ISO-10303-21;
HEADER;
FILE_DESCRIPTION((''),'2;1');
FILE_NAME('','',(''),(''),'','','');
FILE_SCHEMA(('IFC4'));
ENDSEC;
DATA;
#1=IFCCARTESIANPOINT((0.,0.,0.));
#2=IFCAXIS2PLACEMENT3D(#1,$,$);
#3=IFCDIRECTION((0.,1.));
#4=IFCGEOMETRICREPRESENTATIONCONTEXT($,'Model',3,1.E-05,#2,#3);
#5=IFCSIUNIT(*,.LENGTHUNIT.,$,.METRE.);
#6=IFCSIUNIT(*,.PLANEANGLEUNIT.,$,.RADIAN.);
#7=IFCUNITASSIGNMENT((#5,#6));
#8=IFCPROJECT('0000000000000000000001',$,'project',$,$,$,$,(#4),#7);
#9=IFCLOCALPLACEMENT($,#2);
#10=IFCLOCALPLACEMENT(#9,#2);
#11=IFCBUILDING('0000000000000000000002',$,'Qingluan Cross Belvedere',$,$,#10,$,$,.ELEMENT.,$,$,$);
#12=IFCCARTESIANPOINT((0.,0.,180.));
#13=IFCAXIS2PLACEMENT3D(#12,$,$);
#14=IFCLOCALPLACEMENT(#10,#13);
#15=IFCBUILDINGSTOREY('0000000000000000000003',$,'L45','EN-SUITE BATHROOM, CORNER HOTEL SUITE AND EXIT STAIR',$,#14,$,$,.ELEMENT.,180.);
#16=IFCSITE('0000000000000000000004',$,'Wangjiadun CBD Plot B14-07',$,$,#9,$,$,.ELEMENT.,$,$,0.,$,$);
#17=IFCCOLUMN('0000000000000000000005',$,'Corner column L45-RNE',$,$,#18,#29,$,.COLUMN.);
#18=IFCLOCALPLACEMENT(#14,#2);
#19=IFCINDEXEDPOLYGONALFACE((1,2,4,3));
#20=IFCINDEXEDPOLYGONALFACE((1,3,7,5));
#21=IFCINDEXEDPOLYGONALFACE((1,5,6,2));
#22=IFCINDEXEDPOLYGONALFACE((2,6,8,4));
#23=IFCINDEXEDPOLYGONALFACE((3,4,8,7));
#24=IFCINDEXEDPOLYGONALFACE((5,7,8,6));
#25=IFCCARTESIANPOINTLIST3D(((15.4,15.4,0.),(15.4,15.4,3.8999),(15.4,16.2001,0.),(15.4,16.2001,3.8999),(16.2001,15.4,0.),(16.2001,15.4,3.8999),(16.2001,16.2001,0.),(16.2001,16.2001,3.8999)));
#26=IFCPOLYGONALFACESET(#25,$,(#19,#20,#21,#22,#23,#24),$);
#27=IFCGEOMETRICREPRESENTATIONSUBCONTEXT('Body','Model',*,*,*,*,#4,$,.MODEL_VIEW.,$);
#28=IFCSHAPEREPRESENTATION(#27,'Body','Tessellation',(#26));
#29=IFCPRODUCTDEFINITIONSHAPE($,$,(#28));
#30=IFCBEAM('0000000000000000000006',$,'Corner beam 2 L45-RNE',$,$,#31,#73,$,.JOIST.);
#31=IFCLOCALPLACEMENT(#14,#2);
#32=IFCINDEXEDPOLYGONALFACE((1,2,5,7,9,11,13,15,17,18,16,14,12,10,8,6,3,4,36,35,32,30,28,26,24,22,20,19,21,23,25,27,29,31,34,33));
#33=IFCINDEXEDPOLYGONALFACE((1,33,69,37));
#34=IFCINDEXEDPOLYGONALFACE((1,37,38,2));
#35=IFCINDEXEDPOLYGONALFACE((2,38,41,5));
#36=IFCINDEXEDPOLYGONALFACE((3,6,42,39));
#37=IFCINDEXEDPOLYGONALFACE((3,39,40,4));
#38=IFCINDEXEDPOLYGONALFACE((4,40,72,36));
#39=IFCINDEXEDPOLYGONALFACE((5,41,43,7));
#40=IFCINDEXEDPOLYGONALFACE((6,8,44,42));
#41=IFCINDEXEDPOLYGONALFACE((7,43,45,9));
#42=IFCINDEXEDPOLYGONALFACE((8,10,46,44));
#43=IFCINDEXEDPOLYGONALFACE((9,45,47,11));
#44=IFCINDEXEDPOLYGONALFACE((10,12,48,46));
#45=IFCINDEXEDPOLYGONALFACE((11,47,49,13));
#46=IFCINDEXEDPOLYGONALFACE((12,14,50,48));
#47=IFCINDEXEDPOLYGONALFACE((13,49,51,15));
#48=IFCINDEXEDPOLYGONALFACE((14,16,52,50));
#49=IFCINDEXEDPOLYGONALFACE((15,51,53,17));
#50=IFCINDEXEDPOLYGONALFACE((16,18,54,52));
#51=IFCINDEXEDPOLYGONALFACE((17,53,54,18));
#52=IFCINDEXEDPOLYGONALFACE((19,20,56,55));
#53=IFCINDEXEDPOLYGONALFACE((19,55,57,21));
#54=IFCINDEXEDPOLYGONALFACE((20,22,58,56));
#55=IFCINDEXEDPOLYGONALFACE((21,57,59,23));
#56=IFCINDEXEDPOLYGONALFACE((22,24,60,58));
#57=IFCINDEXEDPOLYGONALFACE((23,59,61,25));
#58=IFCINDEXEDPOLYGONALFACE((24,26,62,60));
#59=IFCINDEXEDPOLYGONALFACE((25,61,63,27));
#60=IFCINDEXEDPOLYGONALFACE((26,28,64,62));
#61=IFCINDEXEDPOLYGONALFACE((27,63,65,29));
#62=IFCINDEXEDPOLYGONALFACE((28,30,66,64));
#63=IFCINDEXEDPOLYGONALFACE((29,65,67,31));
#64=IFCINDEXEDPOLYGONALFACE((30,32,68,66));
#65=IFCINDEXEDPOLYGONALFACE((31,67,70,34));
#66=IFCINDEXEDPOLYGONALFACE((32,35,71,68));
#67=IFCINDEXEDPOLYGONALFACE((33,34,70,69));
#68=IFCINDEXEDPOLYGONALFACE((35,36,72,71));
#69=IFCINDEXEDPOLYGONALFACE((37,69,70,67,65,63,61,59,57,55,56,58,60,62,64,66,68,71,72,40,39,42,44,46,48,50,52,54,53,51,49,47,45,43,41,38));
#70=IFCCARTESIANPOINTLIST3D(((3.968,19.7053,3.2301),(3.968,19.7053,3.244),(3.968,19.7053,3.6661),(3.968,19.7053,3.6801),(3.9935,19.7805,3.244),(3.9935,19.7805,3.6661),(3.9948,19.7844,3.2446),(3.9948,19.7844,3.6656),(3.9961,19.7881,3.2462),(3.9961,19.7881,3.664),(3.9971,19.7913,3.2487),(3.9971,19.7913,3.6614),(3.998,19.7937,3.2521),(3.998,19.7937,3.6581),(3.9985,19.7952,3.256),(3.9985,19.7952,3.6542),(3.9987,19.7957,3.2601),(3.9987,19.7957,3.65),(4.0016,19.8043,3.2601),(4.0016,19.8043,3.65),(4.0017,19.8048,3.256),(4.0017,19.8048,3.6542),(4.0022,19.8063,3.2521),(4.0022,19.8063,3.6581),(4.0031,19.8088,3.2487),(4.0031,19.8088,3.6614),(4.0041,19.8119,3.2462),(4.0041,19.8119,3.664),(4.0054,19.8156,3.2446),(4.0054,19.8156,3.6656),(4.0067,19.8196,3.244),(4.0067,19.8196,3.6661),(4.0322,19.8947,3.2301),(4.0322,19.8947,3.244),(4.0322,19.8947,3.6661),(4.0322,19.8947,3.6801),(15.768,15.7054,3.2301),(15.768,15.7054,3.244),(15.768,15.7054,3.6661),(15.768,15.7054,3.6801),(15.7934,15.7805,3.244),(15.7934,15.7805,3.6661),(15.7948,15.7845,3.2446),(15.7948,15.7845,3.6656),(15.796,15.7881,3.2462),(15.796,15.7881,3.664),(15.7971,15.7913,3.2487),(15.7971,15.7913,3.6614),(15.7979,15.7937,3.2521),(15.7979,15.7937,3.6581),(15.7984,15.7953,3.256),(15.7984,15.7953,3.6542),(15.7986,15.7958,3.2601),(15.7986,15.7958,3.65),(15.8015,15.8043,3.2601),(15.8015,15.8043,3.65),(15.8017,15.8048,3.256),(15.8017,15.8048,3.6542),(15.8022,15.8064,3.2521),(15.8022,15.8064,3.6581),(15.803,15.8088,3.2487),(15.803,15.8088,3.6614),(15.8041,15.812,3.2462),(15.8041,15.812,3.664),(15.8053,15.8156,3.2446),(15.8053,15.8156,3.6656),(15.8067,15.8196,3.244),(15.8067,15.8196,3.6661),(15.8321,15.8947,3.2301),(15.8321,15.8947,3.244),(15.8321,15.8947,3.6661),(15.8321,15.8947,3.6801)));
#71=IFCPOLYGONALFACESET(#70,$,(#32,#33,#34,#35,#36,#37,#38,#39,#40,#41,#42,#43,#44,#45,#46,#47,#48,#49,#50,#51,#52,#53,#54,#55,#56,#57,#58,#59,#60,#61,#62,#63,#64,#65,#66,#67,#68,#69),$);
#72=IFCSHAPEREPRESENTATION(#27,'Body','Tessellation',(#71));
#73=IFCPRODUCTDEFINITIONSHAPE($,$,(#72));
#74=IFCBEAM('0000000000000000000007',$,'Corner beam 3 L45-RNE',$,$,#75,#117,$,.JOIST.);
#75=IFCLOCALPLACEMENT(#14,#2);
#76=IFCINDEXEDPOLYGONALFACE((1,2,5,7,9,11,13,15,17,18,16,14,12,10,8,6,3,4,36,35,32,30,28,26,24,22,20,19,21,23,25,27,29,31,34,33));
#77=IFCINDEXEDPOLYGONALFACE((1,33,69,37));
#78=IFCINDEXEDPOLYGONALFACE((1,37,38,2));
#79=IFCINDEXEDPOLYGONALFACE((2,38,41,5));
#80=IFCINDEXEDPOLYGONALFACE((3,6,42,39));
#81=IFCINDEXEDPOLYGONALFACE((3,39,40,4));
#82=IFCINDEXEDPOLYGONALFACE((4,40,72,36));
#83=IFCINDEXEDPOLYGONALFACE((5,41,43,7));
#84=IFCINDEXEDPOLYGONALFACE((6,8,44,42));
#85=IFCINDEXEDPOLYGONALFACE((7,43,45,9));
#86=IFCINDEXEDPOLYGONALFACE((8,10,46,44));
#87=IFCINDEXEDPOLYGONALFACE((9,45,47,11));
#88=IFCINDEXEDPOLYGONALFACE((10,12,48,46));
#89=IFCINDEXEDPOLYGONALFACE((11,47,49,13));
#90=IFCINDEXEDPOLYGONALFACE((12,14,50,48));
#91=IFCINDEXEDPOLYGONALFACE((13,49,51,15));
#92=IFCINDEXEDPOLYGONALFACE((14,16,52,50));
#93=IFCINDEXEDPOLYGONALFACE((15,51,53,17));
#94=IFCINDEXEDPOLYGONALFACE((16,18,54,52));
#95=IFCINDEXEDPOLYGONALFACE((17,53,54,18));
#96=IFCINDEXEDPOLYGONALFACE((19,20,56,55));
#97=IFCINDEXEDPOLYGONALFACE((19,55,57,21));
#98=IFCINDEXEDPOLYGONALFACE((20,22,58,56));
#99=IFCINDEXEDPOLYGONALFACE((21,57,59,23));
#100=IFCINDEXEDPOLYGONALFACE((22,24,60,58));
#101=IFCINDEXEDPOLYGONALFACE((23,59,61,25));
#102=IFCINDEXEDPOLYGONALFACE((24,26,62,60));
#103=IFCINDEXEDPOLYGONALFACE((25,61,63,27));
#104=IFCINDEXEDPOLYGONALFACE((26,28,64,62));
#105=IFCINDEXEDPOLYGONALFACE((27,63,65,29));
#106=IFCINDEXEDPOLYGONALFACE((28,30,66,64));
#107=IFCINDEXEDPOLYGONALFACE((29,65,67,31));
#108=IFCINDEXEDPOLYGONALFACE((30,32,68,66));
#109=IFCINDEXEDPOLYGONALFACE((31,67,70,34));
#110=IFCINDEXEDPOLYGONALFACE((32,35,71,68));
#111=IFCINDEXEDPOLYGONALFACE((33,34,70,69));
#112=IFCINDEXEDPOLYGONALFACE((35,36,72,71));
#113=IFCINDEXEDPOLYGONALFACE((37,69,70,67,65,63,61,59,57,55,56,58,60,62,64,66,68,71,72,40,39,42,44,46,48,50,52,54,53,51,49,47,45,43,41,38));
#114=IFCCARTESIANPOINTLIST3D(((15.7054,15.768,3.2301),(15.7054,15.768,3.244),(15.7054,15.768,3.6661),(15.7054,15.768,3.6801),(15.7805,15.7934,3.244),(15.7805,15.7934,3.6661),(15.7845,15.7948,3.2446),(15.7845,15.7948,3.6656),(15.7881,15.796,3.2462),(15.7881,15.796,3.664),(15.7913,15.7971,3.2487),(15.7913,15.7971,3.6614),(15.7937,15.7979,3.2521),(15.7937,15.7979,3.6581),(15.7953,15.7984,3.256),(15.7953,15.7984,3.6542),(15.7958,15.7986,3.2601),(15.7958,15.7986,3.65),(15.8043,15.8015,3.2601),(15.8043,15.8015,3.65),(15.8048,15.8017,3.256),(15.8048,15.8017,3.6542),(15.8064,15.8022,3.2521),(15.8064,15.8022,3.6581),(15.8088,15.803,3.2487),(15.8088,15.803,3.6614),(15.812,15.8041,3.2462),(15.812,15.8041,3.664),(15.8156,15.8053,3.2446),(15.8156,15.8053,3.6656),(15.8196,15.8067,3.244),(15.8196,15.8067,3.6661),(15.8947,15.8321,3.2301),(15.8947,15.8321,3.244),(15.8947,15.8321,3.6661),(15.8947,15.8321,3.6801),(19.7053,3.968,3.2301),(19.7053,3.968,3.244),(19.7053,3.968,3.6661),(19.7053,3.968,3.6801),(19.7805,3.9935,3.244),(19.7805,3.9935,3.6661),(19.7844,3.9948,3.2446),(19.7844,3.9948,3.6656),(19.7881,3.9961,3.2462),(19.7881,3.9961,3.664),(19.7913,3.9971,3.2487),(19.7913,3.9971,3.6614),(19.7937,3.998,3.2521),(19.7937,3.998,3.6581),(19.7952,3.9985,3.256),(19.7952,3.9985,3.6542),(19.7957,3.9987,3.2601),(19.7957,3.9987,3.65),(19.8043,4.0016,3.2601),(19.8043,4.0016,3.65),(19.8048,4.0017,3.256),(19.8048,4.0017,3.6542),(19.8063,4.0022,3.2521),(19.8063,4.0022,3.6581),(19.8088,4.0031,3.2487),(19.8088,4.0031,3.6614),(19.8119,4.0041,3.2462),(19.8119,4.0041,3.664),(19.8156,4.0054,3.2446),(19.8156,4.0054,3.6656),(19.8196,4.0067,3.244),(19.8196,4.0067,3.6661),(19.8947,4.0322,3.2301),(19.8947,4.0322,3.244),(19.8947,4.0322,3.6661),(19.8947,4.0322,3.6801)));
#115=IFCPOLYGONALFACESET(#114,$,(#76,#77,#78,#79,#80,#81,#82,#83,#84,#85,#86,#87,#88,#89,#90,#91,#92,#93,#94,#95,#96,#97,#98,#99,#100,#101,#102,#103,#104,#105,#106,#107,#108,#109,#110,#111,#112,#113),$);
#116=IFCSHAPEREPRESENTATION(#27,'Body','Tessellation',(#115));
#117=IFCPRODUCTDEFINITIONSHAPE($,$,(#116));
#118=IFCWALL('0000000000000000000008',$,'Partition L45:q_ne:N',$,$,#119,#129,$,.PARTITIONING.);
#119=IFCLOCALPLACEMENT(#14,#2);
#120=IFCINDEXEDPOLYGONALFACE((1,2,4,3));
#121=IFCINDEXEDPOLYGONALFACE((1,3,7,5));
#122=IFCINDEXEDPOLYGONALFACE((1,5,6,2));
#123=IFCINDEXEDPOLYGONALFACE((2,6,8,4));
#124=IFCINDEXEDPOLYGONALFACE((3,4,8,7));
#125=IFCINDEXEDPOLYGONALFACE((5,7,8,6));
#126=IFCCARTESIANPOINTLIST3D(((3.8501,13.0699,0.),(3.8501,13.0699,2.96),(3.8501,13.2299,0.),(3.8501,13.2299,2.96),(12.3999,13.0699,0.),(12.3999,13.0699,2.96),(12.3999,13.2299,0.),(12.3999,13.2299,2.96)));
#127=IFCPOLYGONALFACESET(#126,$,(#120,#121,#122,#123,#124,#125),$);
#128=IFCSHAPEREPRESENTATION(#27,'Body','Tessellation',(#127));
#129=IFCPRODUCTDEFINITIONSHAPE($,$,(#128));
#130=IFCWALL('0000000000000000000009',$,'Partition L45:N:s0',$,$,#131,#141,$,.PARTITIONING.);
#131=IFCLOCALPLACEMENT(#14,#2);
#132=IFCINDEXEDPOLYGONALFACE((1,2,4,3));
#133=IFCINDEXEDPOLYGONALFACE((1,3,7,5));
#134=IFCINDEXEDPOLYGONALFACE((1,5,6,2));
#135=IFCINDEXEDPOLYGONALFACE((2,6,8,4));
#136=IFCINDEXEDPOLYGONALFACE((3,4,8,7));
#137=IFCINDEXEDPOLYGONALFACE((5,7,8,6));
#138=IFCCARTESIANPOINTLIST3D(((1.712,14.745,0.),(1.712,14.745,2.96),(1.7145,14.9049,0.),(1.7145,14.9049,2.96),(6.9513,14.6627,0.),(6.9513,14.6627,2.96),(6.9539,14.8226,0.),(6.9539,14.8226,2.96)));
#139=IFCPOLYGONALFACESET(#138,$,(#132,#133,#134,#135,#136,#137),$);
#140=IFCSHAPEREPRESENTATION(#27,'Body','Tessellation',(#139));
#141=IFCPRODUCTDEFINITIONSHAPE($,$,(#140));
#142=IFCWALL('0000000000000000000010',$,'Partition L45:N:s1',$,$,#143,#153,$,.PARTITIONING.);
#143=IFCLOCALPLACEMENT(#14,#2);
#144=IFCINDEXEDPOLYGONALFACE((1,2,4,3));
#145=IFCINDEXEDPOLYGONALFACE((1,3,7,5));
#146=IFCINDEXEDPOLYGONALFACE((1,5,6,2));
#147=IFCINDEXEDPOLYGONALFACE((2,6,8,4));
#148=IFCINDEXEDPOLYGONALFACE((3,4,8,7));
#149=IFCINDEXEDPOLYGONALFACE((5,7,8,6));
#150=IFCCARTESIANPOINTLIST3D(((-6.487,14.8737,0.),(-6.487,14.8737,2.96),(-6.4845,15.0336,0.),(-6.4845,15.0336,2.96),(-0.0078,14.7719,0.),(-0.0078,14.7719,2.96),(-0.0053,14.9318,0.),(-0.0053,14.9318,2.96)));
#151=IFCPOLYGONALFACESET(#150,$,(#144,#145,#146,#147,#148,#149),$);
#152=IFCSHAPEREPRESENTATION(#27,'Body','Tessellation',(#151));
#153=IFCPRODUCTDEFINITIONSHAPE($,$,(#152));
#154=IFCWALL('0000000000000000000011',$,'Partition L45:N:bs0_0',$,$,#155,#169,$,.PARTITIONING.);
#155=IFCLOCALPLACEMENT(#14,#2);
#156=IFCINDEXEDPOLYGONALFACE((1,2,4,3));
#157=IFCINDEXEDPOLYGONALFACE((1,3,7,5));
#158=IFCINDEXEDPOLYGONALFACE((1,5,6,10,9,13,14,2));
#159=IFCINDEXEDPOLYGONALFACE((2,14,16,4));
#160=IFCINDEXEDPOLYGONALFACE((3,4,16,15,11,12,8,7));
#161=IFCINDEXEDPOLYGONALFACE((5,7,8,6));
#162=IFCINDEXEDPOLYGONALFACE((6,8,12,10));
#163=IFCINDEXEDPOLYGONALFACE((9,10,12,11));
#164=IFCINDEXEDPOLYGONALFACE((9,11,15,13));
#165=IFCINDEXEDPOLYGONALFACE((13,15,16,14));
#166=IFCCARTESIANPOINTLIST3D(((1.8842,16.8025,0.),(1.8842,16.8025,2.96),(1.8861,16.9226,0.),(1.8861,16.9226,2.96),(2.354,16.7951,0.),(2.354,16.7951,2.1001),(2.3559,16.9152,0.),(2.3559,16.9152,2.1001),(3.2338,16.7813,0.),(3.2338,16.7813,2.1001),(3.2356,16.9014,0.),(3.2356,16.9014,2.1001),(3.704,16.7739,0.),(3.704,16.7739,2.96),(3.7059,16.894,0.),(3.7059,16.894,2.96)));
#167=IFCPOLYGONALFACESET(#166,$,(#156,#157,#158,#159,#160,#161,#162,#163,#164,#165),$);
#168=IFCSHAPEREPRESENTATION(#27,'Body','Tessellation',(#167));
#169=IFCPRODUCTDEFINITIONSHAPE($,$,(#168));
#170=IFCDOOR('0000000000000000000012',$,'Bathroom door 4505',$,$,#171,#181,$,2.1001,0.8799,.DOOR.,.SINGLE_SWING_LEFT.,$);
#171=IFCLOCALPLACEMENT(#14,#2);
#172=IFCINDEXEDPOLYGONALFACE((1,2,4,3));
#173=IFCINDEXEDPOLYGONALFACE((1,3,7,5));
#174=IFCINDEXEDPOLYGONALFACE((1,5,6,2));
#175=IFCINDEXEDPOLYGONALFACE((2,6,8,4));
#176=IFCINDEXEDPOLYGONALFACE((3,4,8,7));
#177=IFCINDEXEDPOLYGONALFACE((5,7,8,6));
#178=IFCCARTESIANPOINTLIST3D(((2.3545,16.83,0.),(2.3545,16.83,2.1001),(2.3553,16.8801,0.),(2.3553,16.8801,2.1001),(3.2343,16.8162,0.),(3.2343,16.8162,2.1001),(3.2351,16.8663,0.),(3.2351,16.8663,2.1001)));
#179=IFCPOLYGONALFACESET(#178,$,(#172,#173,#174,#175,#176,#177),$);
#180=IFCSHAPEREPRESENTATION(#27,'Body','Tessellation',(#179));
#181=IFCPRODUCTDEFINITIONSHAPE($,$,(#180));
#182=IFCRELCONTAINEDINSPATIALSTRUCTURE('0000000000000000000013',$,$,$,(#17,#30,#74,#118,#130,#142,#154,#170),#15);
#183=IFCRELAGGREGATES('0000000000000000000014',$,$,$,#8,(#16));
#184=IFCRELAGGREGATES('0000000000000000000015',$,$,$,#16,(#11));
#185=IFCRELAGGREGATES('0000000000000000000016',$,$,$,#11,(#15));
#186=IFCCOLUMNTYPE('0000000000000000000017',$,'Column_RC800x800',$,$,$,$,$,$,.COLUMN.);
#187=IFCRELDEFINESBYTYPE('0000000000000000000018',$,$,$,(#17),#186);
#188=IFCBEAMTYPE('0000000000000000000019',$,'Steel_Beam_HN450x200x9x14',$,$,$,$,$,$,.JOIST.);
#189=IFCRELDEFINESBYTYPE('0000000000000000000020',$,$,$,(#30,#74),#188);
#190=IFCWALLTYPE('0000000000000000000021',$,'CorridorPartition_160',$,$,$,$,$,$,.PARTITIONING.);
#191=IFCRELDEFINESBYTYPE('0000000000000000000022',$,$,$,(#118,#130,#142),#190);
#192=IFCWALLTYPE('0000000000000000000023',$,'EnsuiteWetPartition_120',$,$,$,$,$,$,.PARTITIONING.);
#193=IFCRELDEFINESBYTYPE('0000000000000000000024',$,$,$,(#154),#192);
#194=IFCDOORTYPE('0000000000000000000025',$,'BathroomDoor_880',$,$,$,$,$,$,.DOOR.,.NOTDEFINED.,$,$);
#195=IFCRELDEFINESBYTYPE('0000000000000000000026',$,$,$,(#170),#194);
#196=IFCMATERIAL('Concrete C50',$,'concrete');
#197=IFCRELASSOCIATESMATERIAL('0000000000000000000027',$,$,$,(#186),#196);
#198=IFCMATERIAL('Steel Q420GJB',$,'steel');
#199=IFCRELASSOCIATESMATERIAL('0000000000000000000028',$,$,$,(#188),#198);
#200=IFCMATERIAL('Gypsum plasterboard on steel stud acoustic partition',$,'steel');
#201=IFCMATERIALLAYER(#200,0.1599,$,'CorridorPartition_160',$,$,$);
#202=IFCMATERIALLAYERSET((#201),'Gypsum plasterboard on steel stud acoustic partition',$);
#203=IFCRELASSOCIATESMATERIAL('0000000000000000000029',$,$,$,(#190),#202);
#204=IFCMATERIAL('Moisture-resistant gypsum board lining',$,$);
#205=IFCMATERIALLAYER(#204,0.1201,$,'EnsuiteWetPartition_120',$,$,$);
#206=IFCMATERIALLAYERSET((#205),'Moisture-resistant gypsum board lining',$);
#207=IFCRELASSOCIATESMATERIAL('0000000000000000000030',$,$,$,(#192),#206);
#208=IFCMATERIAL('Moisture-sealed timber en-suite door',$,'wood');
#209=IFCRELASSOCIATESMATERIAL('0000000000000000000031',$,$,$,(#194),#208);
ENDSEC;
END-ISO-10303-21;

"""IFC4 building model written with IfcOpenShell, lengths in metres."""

from ifc_helpers import new_model, si_unit, direction, frame, frame_2d, origin, origin_2d, place, context, subcontext, project, spatial, rectangle, i_section, extrude, material, layer, layer_set, material_profile, profile_set, type_object, element, fill, save


model = new_model("IFC4")

# Units and contexts
model_context = context("Model", 3, precision=1e-05, world=origin(), true_north=direction((0.0, 1.0)))
body_context = subcontext(model_context, "Body", "Model", "MODEL_VIEW")
ifc_project = project(units=[si_unit("LENGTHUNIT", "METRE"), si_unit("PLANEANGLEUNIT", "RADIAN")], contexts=[model_context])

# Site, building, storey
site_placement = place(None, origin())
site = spatial("IfcSite", under=ifc_project, at=site_placement, Name="Wangjiadun CBD Plot B14-07", CompositionType="ELEMENT", RefElevation=0.0)
building_placement = place(site_placement, origin())
building = spatial("IfcBuilding", under=site, at=building_placement, Name="Qingluan Cross Belvedere", CompositionType="ELEMENT")
storey_placement = place(building_placement, frame((0.0, 0.0, 180.0)))
storey = spatial("IfcBuildingStorey", under=building, at=storey_placement, Name="L45", Description="EN-SUITE BATHROOM, CORNER HOTEL SUITE AND EXIT STAIR", CompositionType="ELEMENT", Elevation=180.0)

# Column
ifc_material_1 = material(Name="Concrete C50", Category="concrete")
ifc_material_profile_1 = material_profile(ifc_material_1, rectangle(XDim=0.8, YDim=0.8, at=origin_2d()), Name="RC800x800")
ifc_profile_set_1 = profile_set([ifc_material_profile_1], Name="Concrete C50")
column_type = type_object("IfcColumnType", Name="Column_RC800x800", PredefinedType="COLUMN", material=ifc_profile_set_1)
column_placement = place(storey_placement, frame((15.8, 15.8, 0.0), z_axis=(0.0, 0.0, 1.0), x_axis=(1.0, 0.0, 0.0)))
element("IfcColumn", 1, at=column_placement, inside=storey, type_object=column_type, Name="Corner column L45-RNE", PredefinedType="COLUMN", context=body_context, shape_type="SweptSolid", body=[
    extrude(rectangle(XDim=0.8, YDim=0.8, at=origin_2d()), origin(), (0.0, 0.0, 1.0), 3.8999),
])

# Beams
ifc_material_2 = material(Name="Steel Q420GJB", Category="steel")
ifc_material_profile_2 = material_profile(ifc_material_2, i_section(OverallWidth=0.2, OverallDepth=0.45, WebThickness=0.009, FlangeThickness=0.0139, FilletRadius=0.0161, at=origin_2d()), Name="HN450x200x9x14")
ifc_profile_set_2 = profile_set([ifc_material_profile_2], Name="Steel Q420GJB")
beam_type = type_object("IfcBeamType", Name="Steel_Beam_HN450x200x9x14", PredefinedType="JOIST", material=ifc_profile_set_2)
for number, where, z_axis, x_axis, name in (
    (2, (15.8, 15.8, 3.4551), (-0.947066, 0.321038, 0.0), (-0.321038, -0.947066, 0.0), "Corner beam 2 L45-RNE"),
    (3, (15.8, 15.8, 3.4551), (0.321038, -0.947066, 0.0), (0.947066, 0.321038, 0.0), "Corner beam 3 L45-RNE"),
):
    element("IfcBeam", number, at=place(storey_placement, frame(where, z_axis=z_axis, x_axis=x_axis)), inside=storey, type_object=beam_type, Name=name, PredefinedType="JOIST", context=body_context, shape_type="SweptSolid", body=[
        extrude(i_section(OverallWidth=0.2, OverallDepth=0.45, WebThickness=0.009, FlangeThickness=0.0139, FilletRadius=0.0161, at=origin_2d()), origin(), (0.0, 0.0, 1.0), 12.4595),
    ])

# Wall
ifc_material_3 = material(Name="Gypsum plasterboard on steel stud acoustic partition", Category="steel")
ifc_layer_1 = layer(ifc_material_3, 0.1599, Name="CorridorPartition_160")
ifc_layer_set_1 = layer_set([ifc_layer_1], Name="Gypsum plasterboard on steel stud acoustic partition")
wall_type_1 = type_object("IfcWallType", Name="CorridorPartition_160", PredefinedType="PARTITIONING", material=ifc_layer_set_1)
wall_1_placement = place(storey_placement, frame((3.8501, 13.1499, 0.0), z_axis=(0.0, 0.0, 1.0), x_axis=(1.0, 0.0, 0.0)))
element("IfcWall", 4, at=wall_1_placement, inside=storey, type_object=wall_type_1, Name="Partition L45:q_ne:N", PredefinedType="PARTITIONING", context=body_context, shape_type="SweptSolid", body=[
    extrude(rectangle(XDim=8.5498, YDim=0.1599, at=frame_2d((4.2749, 0.0))), origin(), (0.0, 0.0, 1.0), 2.96),
])

# Wall
wall_2_placement = place(storey_placement, frame((1.7131, 14.825, 0.0), z_axis=(0.0, 0.0, 1.0), x_axis=(0.999877, -0.015702, 0.0)))
element("IfcWall", 5, at=wall_2_placement, inside=storey, type_object=wall_type_1, Name="Partition L45:N:s0", PredefinedType="PARTITIONING", context=body_context, shape_type="SweptSolid", body=[
    extrude(rectangle(XDim=5.24, YDim=0.1599, at=frame_2d((2.6201, 0.0))), origin(), (0.0, 0.0, 1.0), 2.96),
])

# Wall
wall_3_placement = place(storey_placement, frame((-0.0066, 14.8518, 0.0), z_axis=(0.0, 0.0, 1.0), x_axis=(-0.999877, 0.015711, 0.0)))
element("IfcWall", 6, at=wall_3_placement, inside=storey, type_object=wall_type_1, Name="Partition L45:N:s1", PredefinedType="PARTITIONING", context=body_context, shape_type="SweptSolid", body=[
    extrude(rectangle(XDim=6.48, YDim=0.1599, at=frame_2d((3.24, 0.0))), origin(), (0.0, 0.0, 1.0), 2.96),
])

# Wall, opening, door
ifc_material_4 = material(Name="Moisture-resistant gypsum board lining")
ifc_layer_2 = layer(ifc_material_4, 0.1201, Name="EnsuiteWetPartition_120")
ifc_layer_set_2 = layer_set([ifc_layer_2], Name="Moisture-resistant gypsum board lining")
wall_type_2 = type_object("IfcWallType", Name="EnsuiteWetPartition_120", PredefinedType="PARTITIONING", material=ifc_layer_set_2)
wall_4_placement = place(storey_placement, frame((1.885, 16.8625, 0.0), z_axis=(0.0, 0.0, 1.0), x_axis=(0.999877, -0.015694, 0.0)))
wall_4 = element("IfcWall", 7, at=wall_4_placement, inside=storey, type_object=wall_type_2, Name="Partition L45:N:bs0_0", PredefinedType="PARTITIONING", context=body_context, shape_type="SweptSolid", body=[
    extrude(rectangle(XDim=1.8201, YDim=0.1201, at=frame_2d((0.9102, 0.0))), origin(), (0.0, 0.0, 1.0), 2.96),
])
opening_1_placement = place(wall_4_placement, frame((0.47, 0.0, 0.0)))
opening_1 = element("IfcOpeningElement", 8, at=opening_1_placement, cuts=wall_4, PredefinedType="OPENING", context=body_context, shape_type="SweptSolid", body=[
    extrude(rectangle(XDim=0.8799, YDim=2.1001, at=frame_2d((0.4399, 1.05))), frame((0.0, 0.0701, 0.0), z_axis=(0.0, -1.0, 0.0), x_axis=(1.0, 0.0, 0.0)), (0.0, 0.0, 1.0), 0.1401),
])
ifc_material_5 = material(Name="Moisture-sealed timber en-suite door", Category="wood")
door_type_1 = type_object("IfcDoorType", Name="BathroomDoor_880", OperationType="NOTDEFINED", PredefinedType="DOOR", material=ifc_material_5)
door_1_placement = place(opening_1_placement, origin())
door_1 = element("IfcDoor", 9, at=door_1_placement, inside=storey, type_object=door_type_1, Name="Bathroom door 4505", OperationType="SINGLE_SWING_LEFT", OverallHeight=2.1001, OverallWidth=0.8799, PredefinedType="DOOR", context=body_context, shape_type="SweptSolid", body=[
    extrude(rectangle(XDim=0.8799, YDim=2.1001, at=frame_2d((0.4399, 1.05))), frame((0.0, 0.0249, 0.0), z_axis=(0.0, -1.0, 0.0), x_axis=(1.0, 0.0, 0.0)), (0.0, 0.0, 1.0), 0.05),
])
fill(opening_1, door_1)

save(model, "model.ifc")
